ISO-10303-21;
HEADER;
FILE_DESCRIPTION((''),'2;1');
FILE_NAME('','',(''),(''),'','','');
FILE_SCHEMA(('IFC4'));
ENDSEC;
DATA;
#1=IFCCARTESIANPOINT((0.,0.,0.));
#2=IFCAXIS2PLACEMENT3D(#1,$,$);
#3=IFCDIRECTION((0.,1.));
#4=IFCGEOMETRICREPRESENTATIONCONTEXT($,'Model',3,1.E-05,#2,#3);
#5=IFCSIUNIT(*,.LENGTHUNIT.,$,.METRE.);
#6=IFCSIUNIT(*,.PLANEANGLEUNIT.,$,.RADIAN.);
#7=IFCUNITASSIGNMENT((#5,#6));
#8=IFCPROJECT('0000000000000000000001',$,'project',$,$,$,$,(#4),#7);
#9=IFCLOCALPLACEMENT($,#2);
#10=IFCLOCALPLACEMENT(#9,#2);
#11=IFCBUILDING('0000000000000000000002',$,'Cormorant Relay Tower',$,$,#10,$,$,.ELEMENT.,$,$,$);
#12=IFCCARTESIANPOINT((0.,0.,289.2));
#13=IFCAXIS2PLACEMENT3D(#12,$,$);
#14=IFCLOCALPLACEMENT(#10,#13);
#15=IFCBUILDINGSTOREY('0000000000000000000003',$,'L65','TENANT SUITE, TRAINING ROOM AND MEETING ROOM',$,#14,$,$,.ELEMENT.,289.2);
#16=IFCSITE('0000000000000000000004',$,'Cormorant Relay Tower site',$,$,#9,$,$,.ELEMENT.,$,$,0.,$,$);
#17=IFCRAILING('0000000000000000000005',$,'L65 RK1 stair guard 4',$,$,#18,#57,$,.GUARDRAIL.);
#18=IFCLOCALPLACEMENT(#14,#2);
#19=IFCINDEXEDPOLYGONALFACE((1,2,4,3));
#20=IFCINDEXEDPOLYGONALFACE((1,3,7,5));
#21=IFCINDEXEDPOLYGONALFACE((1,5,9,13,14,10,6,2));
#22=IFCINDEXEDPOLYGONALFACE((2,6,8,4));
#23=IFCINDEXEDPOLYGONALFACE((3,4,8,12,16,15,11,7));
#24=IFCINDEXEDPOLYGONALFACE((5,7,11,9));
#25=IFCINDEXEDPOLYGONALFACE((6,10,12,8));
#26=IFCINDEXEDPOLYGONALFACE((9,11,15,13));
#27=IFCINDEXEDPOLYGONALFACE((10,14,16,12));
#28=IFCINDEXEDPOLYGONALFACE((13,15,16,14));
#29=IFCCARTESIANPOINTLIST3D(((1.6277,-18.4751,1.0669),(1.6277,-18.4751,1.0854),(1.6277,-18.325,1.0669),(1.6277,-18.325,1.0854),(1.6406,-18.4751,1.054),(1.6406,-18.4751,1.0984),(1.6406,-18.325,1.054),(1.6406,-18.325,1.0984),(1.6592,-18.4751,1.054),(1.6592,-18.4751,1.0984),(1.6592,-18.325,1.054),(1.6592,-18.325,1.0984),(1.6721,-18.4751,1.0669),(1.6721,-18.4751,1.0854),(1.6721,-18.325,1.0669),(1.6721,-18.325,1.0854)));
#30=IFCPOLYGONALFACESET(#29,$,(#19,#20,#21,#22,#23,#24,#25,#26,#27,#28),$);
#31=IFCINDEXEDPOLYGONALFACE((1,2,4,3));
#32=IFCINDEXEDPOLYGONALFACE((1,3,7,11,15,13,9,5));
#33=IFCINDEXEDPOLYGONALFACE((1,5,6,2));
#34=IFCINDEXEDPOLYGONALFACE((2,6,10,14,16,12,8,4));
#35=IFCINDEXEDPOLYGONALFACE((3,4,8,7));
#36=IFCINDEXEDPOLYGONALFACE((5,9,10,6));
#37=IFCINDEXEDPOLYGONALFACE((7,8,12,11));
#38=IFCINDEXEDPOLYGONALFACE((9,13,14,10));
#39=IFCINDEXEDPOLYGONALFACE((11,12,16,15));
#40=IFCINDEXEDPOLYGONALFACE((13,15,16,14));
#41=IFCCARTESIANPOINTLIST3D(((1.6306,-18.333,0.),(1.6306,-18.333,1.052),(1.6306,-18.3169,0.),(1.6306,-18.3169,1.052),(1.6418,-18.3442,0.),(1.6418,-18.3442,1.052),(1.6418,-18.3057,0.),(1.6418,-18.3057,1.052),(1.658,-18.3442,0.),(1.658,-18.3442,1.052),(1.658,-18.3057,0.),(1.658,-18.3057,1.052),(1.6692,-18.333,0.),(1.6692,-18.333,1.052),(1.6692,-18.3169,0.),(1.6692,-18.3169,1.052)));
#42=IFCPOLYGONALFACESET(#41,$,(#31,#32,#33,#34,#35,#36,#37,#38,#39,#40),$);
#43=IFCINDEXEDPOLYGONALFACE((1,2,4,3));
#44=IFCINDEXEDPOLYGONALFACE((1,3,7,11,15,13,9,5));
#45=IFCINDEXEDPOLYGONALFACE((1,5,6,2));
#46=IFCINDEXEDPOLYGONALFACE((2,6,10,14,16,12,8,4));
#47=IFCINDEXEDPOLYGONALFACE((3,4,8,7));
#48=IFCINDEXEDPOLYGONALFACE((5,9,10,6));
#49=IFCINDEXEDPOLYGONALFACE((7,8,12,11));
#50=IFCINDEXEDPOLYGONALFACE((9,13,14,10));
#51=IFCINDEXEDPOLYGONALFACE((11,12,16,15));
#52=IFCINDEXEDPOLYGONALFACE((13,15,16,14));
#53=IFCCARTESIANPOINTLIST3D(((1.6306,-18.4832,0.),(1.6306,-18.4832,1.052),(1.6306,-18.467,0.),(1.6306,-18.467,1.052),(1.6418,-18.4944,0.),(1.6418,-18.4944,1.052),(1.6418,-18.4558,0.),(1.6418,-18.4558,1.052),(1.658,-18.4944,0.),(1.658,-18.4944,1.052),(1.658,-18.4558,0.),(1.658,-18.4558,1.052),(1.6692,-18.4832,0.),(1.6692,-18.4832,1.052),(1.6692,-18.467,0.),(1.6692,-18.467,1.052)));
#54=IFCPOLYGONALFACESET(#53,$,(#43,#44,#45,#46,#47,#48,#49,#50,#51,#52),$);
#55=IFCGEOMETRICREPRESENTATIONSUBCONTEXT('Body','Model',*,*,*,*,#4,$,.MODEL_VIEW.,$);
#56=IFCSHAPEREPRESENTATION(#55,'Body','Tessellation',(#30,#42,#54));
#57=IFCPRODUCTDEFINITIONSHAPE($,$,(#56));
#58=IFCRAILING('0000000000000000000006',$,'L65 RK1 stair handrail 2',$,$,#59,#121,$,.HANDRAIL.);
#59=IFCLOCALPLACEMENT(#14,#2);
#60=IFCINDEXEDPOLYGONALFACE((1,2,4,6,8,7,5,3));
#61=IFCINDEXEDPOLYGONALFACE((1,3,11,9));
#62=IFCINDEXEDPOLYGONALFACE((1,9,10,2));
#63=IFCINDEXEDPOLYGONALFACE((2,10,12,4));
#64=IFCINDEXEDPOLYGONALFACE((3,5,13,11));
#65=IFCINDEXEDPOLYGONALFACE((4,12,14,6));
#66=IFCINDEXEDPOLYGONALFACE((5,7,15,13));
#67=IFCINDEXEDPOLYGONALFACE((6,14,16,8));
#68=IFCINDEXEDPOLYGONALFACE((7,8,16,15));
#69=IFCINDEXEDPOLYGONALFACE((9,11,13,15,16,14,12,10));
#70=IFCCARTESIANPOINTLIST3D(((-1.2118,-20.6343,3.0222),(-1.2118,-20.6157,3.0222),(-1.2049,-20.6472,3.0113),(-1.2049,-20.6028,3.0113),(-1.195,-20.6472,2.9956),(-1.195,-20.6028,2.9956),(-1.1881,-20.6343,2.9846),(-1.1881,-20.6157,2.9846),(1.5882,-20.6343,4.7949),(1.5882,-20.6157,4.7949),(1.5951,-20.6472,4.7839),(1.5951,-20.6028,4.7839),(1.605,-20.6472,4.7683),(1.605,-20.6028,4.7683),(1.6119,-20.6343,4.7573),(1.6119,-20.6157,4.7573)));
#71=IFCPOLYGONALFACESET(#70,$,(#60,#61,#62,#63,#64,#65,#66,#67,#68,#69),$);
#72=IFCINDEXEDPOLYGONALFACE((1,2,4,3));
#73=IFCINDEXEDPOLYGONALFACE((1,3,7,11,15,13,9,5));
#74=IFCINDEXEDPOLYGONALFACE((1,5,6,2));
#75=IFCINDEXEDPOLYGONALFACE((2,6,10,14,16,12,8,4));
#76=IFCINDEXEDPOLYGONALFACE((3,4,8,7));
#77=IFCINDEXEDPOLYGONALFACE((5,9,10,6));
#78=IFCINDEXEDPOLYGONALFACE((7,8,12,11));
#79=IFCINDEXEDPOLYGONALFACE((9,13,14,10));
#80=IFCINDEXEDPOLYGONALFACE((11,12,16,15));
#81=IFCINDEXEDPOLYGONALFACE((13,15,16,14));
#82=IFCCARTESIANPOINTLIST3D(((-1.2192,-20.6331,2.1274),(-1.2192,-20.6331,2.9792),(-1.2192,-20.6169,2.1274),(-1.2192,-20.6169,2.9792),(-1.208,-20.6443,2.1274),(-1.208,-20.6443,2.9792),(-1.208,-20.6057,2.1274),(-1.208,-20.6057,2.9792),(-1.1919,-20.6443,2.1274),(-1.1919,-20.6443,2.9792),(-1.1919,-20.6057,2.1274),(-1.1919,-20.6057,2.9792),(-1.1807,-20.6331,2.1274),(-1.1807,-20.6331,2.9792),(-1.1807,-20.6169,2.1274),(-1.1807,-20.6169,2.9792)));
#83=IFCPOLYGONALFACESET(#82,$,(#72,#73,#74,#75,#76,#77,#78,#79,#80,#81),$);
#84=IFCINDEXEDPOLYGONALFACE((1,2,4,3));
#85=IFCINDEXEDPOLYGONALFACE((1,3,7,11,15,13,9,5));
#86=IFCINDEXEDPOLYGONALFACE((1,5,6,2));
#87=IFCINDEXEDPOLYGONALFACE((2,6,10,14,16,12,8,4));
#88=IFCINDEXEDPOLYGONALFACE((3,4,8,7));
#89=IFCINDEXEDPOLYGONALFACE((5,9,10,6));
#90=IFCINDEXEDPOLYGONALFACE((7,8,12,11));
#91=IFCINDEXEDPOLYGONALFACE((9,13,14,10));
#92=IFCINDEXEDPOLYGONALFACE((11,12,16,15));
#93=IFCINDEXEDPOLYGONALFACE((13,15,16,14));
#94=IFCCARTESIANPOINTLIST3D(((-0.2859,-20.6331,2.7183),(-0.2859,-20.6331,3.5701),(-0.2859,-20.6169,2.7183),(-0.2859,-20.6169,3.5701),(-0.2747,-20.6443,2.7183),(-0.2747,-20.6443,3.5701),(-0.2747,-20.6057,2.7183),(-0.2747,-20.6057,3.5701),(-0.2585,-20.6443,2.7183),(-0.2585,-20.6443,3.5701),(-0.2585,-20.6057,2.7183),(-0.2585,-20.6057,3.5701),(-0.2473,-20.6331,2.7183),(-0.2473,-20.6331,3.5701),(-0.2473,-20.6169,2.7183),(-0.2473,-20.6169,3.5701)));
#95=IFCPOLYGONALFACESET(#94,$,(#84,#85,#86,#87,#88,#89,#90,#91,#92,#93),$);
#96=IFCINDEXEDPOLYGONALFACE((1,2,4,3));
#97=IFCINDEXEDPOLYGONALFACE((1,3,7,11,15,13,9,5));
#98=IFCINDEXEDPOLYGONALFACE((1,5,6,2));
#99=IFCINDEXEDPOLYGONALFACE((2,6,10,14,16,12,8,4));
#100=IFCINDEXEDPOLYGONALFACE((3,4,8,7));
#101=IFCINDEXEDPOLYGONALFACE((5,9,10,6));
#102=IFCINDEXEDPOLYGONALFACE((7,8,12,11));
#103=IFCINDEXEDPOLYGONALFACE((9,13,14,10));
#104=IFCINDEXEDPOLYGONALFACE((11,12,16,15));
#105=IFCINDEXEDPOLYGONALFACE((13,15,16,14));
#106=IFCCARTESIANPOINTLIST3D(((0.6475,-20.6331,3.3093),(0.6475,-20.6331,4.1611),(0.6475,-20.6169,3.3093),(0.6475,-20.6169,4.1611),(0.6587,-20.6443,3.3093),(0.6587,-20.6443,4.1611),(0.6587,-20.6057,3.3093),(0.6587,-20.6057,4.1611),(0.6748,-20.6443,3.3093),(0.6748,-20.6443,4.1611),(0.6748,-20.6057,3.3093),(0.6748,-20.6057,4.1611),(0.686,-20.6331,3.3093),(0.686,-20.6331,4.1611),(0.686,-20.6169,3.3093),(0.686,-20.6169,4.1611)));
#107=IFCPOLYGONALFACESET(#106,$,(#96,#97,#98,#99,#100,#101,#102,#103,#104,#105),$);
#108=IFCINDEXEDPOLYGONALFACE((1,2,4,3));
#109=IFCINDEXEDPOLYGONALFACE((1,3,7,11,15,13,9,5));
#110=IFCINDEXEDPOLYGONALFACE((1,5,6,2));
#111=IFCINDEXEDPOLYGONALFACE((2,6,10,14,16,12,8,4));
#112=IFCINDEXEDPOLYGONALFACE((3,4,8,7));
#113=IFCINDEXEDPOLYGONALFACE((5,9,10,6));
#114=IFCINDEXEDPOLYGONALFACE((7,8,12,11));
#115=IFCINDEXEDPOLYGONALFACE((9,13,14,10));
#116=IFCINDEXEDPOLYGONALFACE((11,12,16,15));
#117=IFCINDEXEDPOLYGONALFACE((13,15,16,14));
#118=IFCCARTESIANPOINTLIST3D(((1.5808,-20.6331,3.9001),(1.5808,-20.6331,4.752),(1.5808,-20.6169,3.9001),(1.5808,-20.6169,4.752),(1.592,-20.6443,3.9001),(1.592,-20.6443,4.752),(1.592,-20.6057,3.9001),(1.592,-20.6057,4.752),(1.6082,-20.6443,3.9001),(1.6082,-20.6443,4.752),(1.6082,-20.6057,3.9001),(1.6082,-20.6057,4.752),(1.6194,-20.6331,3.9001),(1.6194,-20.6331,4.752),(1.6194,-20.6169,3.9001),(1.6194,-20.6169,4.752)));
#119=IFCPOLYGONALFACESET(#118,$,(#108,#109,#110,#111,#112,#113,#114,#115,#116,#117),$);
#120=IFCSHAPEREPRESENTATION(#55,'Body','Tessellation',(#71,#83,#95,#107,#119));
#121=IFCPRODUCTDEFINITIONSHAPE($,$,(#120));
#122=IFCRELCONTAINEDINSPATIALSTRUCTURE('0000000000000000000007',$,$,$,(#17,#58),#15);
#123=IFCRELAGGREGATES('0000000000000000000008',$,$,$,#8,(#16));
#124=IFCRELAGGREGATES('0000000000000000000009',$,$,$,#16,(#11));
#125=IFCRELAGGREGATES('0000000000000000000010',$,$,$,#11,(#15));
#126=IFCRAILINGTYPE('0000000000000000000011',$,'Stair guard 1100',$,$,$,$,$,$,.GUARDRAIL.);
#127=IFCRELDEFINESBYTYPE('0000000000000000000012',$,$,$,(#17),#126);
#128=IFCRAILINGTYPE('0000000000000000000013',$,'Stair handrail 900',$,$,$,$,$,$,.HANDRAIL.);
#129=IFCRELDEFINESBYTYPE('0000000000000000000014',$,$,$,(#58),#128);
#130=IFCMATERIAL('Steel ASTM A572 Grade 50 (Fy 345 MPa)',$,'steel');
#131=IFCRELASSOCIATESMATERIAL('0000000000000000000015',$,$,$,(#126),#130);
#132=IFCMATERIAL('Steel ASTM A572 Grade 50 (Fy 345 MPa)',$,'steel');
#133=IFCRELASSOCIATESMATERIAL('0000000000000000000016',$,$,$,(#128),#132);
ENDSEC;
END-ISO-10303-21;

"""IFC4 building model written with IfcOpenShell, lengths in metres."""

from ifc_helpers import new_model, si_unit, direction, frame, origin, place, context, subcontext, project, spatial, polyline, outline, extrude, material, type_object, element, save


model = new_model("IFC4")

# Units and contexts
model_context = context("Model", 3, precision=1e-05, world=origin(), true_north=direction((0.0, 1.0)))
body_context = subcontext(model_context, "Body", "Model", "MODEL_VIEW")
ifc_project = project(units=[si_unit("LENGTHUNIT", "METRE"), si_unit("PLANEANGLEUNIT", "RADIAN")], contexts=[model_context])

# Site, building, storey
site_placement = place(None, origin())
site = spatial("IfcSite", under=ifc_project, at=site_placement, Name="Cormorant Relay Tower site", CompositionType="ELEMENT", RefElevation=0.0)
building_placement = place(site_placement, origin())
building = spatial("IfcBuilding", under=site, at=building_placement, Name="Cormorant Relay Tower", CompositionType="ELEMENT")
storey_placement = place(building_placement, frame((0.0, 0.0, 289.2)))
storey = spatial("IfcBuildingStorey", under=building, at=storey_placement, Name="L65", Description="TENANT SUITE, TRAINING ROOM AND MEETING ROOM", CompositionType="ELEMENT", Elevation=289.2)

# Railings
ifc_material_1 = material(Name="Steel ASTM A572 Grade 50 (Fy 345 MPa)", Category="steel")
railing_type_1 = type_object("IfcRailingType", Name="Stair guard 1100", PredefinedType="GUARDRAIL", material=ifc_material_1)
railing_1_placement = place(storey_placement, frame((1.6499, -18.325, 0.0)))
element("IfcRailing", 1, at=railing_1_placement, inside=storey, type_object=railing_type_1, Name="L65 RK1 stair guard 4", PredefinedType="GUARDRAIL", context=body_context, shape_type="SweptSolid", body=[
    extrude(outline(polyline([(0.0222, 0.0093), (0.0093, 0.0222), (-0.0093, 0.0222), (-0.0222, 0.0093), (-0.0222, -0.0093), (-0.0093, -0.0222), (0.0093, -0.0222), (0.0222, -0.0093), (0.0222, 0.0093)])), frame((0.0, 0.0, 1.0762), z_axis=(0.0, -1.0, 0.0), x_axis=(1.0, 0.0, 0.0)), (0.0, 0.0, 1.0), 0.1501),
    extrude(outline(polyline([(0.0193, 0.0081), (0.0081, 0.0193), (-0.0081, 0.0193), (-0.0193, 0.0081), (-0.0193, -0.0081), (-0.0081, -0.0193), (0.0081, -0.0193), (0.0193, -0.0081), (0.0193, 0.0081)])), origin(), (0.0, 0.0, 1.0), 1.052),
    extrude(outline(polyline([(0.0193, 0.0081), (0.0081, 0.0193), (-0.0081, 0.0193), (-0.0193, 0.0081), (-0.0193, -0.0081), (-0.0081, -0.0193), (0.0081, -0.0193), (0.0193, -0.0081), (0.0193, 0.0081)])), frame((0.0, -0.1501, 0.0)), (0.0, 0.0, 1.0), 1.052),
])
ifc_material_2 = material(Name="Steel ASTM A572 Grade 50 (Fy 345 MPa)", Category="steel")
railing_type_2 = type_object("IfcRailingType", Name="Stair handrail 900", PredefinedType="HANDRAIL", material=ifc_material_2)
railing_2_placement = place(storey_placement, frame((-1.2, -20.625, 2.1274)))
element("IfcRailing", 2, at=railing_2_placement, inside=storey, type_object=railing_type_2, Name="L65 RK1 stair handrail 2", PredefinedType="HANDRAIL", context=body_context, shape_type="SweptSolid", body=[
    extrude(outline(polyline([(0.0222, 0.0093), (0.0093, 0.0222), (-0.0093, 0.0222), (-0.0222, 0.0093), (-0.0222, -0.0093), (-0.0093, -0.0222), (0.0093, -0.0222), (0.0222, -0.0093), (0.0222, 0.0093)])), frame((0.0, 0.0, 0.876), z_axis=(0.844909, 0.0, 0.53491), x_axis=(0.0, 1.0, 0.0)), (0.0, 0.0, 1.0), 3.314),
    extrude(outline(polyline([(0.0193, 0.0081), (0.0081, 0.0193), (-0.0081, 0.0193), (-0.0193, 0.0081), (-0.0193, -0.0081), (-0.0081, -0.0193), (0.0081, -0.0193), (0.0193, -0.0081), (0.0193, 0.0081)])), origin(), (0.0, 0.0, 1.0), 0.8518),
    extrude(outline(polyline([(0.0193, 0.0081), (0.0081, 0.0193), (-0.0081, 0.0193), (-0.0193, 0.0081), (-0.0193, -0.0081), (-0.0081, -0.0193), (0.0081, -0.0193), (0.0193, -0.0081), (0.0193, 0.0081)])), frame((0.9333, 0.0, 0.5908)), (0.0, 0.0, 1.0), 0.8518),
    extrude(outline(polyline([(0.0193, 0.0081), (0.0081, 0.0193), (-0.0081, 0.0193), (-0.0193, 0.0081), (-0.0193, -0.0081), (-0.0081, -0.0193), (0.0081, -0.0193), (0.0193, -0.0081), (0.0193, 0.0081)])), frame((1.8667, 0.0, 1.1819)), (0.0, 0.0, 1.0), 0.8518),
    extrude(outline(polyline([(0.0193, 0.0081), (0.0081, 0.0193), (-0.0081, 0.0193), (-0.0193, 0.0081), (-0.0193, -0.0081), (-0.0081, -0.0193), (0.0081, -0.0193), (0.0193, -0.0081), (0.0193, 0.0081)])), frame((2.8, 0.0, 1.7727)), (0.0, 0.0, 1.0), 0.8518),
])

save(model, "model.ifc")
